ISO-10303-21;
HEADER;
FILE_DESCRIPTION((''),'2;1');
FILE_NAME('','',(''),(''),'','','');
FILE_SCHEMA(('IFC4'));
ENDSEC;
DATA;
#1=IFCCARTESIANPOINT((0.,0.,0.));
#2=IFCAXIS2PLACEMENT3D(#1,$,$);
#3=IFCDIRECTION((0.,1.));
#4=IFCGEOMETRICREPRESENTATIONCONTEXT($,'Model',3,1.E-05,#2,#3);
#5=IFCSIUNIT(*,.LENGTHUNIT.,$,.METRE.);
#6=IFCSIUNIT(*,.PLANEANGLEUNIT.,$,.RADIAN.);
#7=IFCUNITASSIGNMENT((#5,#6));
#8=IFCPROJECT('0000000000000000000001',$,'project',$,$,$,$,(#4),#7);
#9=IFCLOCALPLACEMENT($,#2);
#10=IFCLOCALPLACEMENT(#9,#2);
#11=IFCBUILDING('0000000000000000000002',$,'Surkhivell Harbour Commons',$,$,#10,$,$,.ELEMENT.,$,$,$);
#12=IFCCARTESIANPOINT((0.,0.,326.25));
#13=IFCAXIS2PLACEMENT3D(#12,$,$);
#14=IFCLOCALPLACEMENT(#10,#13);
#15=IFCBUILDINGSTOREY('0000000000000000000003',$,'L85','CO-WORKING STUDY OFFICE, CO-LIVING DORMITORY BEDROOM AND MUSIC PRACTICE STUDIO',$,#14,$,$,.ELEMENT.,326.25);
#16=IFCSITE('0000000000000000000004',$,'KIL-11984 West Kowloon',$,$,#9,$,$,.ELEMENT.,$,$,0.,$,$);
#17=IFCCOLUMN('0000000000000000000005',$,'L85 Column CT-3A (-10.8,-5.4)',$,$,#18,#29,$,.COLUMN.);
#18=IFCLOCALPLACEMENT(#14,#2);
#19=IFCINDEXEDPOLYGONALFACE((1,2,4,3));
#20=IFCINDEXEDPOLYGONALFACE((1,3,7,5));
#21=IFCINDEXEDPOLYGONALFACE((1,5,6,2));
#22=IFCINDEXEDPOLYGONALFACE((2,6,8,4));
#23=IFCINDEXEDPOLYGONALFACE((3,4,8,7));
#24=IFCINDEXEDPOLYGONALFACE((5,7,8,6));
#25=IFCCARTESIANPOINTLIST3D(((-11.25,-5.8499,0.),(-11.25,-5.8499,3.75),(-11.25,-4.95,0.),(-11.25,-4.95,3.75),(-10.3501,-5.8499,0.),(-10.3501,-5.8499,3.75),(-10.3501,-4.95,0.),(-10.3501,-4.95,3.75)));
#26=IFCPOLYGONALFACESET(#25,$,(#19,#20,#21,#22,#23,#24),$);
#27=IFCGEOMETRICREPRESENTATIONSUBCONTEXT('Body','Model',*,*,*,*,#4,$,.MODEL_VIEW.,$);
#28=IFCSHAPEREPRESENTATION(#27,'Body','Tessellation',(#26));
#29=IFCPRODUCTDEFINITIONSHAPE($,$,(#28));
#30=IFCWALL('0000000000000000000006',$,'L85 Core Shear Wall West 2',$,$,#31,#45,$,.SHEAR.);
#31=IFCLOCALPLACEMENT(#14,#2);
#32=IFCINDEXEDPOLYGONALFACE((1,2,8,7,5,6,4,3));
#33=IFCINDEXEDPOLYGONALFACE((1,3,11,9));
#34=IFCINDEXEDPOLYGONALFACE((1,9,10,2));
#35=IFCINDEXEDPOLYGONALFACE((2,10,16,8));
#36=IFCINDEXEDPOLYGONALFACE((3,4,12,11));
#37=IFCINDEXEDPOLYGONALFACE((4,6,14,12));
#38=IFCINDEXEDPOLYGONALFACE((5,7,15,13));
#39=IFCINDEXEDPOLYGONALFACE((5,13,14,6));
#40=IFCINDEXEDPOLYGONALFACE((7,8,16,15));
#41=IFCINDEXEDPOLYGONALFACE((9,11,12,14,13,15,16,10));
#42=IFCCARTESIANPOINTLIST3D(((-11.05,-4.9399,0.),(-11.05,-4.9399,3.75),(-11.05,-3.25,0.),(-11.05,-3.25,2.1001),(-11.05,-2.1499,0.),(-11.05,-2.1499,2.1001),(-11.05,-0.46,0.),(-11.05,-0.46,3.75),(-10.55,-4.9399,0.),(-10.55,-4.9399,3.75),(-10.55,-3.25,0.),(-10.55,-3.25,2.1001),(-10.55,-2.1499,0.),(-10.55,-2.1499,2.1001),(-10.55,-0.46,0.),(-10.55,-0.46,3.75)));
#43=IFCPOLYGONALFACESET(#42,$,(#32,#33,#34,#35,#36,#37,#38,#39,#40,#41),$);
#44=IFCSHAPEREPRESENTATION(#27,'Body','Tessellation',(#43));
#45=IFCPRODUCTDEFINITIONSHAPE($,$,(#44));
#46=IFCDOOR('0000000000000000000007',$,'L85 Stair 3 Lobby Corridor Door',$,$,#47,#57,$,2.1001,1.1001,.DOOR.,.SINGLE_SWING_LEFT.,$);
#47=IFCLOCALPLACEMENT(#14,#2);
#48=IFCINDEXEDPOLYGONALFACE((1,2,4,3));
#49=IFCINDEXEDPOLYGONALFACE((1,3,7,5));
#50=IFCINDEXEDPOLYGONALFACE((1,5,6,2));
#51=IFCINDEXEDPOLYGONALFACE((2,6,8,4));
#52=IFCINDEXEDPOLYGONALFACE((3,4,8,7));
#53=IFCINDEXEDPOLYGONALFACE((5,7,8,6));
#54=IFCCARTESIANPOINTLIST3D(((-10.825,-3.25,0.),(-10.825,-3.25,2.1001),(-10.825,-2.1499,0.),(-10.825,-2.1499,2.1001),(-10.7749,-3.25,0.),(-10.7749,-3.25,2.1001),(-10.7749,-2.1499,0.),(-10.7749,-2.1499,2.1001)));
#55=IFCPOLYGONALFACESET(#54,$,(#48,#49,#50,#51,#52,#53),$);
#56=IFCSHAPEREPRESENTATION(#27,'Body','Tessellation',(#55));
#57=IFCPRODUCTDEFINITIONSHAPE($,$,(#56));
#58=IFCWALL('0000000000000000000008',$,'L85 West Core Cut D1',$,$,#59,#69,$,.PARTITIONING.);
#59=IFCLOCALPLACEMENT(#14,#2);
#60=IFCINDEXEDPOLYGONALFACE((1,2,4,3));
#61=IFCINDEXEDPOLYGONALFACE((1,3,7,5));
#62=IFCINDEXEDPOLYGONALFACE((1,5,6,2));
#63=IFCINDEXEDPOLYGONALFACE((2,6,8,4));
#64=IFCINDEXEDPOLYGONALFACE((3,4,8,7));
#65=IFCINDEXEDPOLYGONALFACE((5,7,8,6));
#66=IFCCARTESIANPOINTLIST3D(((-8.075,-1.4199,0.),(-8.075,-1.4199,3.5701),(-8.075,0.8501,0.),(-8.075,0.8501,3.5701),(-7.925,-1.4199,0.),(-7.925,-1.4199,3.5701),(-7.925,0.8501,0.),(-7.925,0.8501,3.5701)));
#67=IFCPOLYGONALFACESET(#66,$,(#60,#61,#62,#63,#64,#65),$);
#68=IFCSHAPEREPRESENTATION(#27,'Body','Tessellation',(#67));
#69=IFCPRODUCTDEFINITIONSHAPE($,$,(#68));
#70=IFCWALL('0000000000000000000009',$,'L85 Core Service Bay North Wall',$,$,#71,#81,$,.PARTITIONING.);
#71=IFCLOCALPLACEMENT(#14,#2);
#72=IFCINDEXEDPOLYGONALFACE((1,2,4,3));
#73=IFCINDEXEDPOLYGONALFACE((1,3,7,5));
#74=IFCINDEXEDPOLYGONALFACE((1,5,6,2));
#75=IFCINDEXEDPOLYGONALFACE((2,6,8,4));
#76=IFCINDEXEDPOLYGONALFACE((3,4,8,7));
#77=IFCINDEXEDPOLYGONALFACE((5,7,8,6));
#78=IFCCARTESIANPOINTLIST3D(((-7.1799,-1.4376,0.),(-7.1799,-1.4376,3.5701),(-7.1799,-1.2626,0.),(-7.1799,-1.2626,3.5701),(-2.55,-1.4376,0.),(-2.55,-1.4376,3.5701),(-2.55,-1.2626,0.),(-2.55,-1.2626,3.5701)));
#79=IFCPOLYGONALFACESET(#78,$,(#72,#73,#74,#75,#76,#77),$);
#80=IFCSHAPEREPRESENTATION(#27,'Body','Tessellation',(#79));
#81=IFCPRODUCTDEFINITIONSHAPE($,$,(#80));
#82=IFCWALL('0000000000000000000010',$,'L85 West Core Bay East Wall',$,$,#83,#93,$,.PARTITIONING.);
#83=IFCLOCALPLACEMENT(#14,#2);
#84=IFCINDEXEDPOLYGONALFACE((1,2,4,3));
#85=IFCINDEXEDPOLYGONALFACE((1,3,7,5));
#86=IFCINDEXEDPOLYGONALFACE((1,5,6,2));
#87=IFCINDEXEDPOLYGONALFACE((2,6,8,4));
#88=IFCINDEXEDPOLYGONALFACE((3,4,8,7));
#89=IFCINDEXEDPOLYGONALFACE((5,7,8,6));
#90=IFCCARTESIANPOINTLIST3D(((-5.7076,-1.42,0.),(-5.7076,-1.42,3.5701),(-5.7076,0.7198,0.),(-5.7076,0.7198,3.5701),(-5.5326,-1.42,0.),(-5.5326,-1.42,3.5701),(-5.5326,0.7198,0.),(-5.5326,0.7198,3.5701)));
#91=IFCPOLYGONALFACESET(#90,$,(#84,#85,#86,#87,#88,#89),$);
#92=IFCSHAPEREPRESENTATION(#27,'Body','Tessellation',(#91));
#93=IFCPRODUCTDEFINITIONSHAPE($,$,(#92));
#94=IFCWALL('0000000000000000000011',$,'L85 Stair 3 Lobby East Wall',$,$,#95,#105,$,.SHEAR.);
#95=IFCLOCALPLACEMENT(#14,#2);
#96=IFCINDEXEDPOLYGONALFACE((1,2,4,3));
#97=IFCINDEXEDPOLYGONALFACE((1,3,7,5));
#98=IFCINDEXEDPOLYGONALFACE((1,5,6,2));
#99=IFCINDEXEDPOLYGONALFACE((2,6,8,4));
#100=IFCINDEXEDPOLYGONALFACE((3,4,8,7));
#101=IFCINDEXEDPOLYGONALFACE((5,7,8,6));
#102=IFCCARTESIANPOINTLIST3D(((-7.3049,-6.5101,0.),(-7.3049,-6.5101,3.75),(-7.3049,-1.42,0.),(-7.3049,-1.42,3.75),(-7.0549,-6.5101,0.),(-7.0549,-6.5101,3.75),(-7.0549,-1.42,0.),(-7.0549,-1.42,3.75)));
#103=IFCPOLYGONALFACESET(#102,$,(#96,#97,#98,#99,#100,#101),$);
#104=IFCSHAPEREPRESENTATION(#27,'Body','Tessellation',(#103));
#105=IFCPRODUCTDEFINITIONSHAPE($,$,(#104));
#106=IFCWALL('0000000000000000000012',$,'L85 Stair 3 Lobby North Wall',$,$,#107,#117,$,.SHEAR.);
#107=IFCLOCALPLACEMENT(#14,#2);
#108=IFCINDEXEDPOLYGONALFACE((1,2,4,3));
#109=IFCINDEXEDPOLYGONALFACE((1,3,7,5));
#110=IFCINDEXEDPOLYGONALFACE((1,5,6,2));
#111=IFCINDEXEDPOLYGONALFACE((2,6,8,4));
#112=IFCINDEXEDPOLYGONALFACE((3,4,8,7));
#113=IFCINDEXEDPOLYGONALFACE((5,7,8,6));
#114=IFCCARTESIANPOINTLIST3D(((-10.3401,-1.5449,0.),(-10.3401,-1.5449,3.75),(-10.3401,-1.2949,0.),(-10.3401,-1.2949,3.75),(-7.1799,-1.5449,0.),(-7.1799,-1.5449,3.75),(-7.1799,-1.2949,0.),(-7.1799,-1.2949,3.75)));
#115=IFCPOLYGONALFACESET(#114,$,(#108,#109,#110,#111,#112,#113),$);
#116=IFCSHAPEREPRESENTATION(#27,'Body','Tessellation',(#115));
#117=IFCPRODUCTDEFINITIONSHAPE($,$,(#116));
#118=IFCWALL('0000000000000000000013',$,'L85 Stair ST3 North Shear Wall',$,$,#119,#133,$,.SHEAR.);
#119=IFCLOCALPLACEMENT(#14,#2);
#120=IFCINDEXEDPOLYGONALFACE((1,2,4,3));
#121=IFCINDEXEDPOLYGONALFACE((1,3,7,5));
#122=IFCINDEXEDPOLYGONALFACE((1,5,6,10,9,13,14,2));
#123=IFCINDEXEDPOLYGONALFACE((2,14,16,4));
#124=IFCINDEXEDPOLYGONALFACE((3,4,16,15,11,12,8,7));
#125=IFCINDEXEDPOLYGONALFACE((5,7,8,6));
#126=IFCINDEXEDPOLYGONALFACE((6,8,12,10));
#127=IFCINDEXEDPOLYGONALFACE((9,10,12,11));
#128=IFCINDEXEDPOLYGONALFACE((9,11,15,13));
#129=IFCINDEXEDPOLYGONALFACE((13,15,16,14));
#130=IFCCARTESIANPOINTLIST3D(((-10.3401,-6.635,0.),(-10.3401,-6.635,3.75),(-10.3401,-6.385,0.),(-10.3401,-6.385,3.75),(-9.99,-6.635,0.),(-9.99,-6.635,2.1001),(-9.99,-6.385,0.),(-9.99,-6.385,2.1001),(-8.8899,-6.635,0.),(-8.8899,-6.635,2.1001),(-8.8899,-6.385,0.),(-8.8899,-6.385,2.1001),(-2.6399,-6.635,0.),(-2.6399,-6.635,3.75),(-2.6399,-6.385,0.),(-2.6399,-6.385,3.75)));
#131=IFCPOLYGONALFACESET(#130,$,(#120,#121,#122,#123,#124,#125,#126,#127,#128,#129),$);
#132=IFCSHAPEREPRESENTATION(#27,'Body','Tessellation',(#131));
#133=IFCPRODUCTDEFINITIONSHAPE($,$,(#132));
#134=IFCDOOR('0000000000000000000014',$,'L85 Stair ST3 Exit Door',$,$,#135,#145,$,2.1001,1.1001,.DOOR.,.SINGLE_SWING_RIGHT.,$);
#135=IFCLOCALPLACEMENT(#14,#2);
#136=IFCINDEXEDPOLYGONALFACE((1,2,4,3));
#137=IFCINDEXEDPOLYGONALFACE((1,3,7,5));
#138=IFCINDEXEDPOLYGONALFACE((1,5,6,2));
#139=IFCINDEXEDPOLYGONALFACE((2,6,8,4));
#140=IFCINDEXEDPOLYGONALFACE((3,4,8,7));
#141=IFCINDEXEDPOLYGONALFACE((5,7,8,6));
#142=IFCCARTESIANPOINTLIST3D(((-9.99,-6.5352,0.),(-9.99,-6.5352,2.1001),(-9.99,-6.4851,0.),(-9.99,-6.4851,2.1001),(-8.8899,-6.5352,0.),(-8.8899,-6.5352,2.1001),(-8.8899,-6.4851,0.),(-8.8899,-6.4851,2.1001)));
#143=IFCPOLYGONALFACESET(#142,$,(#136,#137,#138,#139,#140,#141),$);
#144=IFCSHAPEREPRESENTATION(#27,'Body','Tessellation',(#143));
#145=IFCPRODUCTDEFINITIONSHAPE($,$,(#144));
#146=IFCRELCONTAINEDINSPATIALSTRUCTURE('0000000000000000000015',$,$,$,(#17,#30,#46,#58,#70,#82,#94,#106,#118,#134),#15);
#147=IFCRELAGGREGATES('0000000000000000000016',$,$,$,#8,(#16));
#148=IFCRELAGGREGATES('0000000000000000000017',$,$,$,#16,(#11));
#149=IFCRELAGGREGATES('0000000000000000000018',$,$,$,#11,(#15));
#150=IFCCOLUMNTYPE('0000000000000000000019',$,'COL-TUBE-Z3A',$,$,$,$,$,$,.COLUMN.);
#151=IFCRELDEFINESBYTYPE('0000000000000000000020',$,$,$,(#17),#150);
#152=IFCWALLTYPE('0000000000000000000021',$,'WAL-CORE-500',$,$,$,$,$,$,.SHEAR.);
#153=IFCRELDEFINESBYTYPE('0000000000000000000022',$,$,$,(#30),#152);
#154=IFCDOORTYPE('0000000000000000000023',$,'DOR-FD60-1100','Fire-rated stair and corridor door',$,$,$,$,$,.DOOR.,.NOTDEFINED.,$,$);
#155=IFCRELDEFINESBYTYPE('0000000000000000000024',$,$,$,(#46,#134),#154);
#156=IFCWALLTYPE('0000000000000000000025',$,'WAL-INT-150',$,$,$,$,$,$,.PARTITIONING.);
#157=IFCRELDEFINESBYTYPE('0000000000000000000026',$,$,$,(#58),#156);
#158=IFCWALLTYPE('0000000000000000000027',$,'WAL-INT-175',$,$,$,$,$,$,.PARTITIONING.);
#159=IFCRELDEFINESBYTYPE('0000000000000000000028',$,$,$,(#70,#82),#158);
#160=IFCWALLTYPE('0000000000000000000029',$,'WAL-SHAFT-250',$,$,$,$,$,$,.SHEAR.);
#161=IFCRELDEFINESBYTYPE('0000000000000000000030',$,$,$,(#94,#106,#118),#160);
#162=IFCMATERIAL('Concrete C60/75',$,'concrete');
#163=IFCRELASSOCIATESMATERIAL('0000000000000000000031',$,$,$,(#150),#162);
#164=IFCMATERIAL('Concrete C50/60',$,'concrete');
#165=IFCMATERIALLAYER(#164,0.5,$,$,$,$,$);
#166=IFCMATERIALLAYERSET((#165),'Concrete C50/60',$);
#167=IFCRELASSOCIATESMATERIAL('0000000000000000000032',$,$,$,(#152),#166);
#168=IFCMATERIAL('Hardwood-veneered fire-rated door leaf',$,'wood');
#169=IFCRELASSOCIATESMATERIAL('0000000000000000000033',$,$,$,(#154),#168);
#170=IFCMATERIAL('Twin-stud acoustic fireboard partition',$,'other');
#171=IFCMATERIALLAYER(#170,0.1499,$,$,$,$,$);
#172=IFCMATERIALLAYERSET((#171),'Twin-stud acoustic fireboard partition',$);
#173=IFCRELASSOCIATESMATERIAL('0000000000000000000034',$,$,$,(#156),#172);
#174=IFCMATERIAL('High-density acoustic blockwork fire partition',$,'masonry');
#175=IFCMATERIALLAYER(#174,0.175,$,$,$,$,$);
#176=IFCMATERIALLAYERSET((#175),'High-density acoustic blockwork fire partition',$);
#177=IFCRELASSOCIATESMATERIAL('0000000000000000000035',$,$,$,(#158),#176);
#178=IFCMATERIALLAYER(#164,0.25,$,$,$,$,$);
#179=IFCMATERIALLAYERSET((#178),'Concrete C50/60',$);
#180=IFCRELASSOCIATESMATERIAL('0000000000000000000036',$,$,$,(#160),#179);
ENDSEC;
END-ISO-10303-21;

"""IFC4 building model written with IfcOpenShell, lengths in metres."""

from ifc_helpers import new_model, si_unit, direction, frame, frame_2d, origin, origin_2d, place, context, subcontext, project, spatial, rectangle, extrude, material, layer, layer_set, material_profile, profile_set, type_object, element, fill, save


model = new_model("IFC4")

# Units and contexts
model_context = context("Model", 3, precision=1e-05, world=origin(), true_north=direction((0.0, 1.0)))
body_context = subcontext(model_context, "Body", "Model", "MODEL_VIEW")
ifc_project = project(units=[si_unit("LENGTHUNIT", "METRE"), si_unit("PLANEANGLEUNIT", "RADIAN")], contexts=[model_context])

# Site, building, storey
site_placement = place(None, origin())
site = spatial("IfcSite", under=ifc_project, at=site_placement, Name="KIL-11984 West Kowloon", CompositionType="ELEMENT", RefElevation=0.0)
building_placement = place(site_placement, origin())
building = spatial("IfcBuilding", under=site, at=building_placement, Name="Surkhivell Harbour Commons", CompositionType="ELEMENT")
storey_placement = place(building_placement, frame((0.0, 0.0, 326.25)))
storey = spatial("IfcBuildingStorey", under=building, at=storey_placement, Name="L85", Description="CO-WORKING STUDY OFFICE, CO-LIVING DORMITORY BEDROOM AND MUSIC PRACTICE STUDIO", CompositionType="ELEMENT", Elevation=326.25)

# Column
ifc_material_1 = material(Name="Concrete C60/75", Category="concrete")
ifc_material_profile = material_profile(ifc_material_1, rectangle(XDim=0.8999, YDim=0.8999, at=origin_2d()), Name="RC-COL-900x900")
ifc_profile_set = profile_set([ifc_material_profile], Name="Concrete C60/75")
column_type = type_object("IfcColumnType", Name="COL-TUBE-Z3A", PredefinedType="COLUMN", material=ifc_profile_set)
column_placement = place(storey_placement, frame((-10.8, -5.3999, 0.0), z_axis=(0.0, 0.0, 1.0), x_axis=(1.0, 0.0, 0.0)))
element("IfcColumn", 1, at=column_placement, inside=storey, type_object=column_type, Name="L85 Column CT-3A (-10.8,-5.4)", PredefinedType="COLUMN", context=body_context, shape_type="SweptSolid", body=[
    extrude(rectangle(XDim=0.8999, YDim=0.8999, at=origin_2d()), origin(), (0.0, 0.0, 1.0), 3.75),
])

# Wall, opening, door
ifc_material_2 = material(Name="Concrete C50/60", Category="concrete")
ifc_layer_1 = layer(ifc_material_2, 0.5)
ifc_layer_set_1 = layer_set([ifc_layer_1], Name="Concrete C50/60")
wall_type_1 = type_object("IfcWallType", Name="WAL-CORE-500", PredefinedType="SHEAR", material=ifc_layer_set_1)
wall_1_placement = place(storey_placement, frame((-10.8, -4.9399, 0.0), z_axis=(0.0, 0.0, 1.0), x_axis=(0.0, 1.0, 0.0)))
wall_1 = element("IfcWall", 2, at=wall_1_placement, inside=storey, type_object=wall_type_1, Name="L85 Core Shear Wall West 2", PredefinedType="SHEAR", context=body_context, shape_type="SweptSolid", body=[
    extrude(rectangle(XDim=4.48, YDim=0.5, at=frame_2d((2.24, 0.0))), origin(), (0.0, 0.0, 1.0), 3.75),
])
opening_1_placement = place(wall_1_placement, frame((1.6899, 0.0, 0.0)))
opening_1 = element("IfcOpeningElement", 3, at=opening_1_placement, cuts=wall_1, PredefinedType="OPENING", context=body_context, shape_type="SweptSolid", body=[
    extrude(rectangle(XDim=1.1001, YDim=2.1001, at=frame_2d((0.55, 1.05))), frame((0.0, 0.26, 0.0), z_axis=(0.0, -1.0, 0.0), x_axis=(1.0, 0.0, 0.0)), (0.0, 0.0, 1.0), 0.52),
])
ifc_material_3 = material(Name="Hardwood-veneered fire-rated door leaf", Category="wood")
door_type = type_object("IfcDoorType", Name="DOR-FD60-1100", Description="Fire-rated stair and corridor door", OperationType="NOTDEFINED", PredefinedType="DOOR", material=ifc_material_3)
door_1_placement = place(opening_1_placement, origin())
door_1 = element("IfcDoor", 4, at=door_1_placement, inside=storey, type_object=door_type, Name="L85 Stair 3 Lobby Corridor Door", OperationType="SINGLE_SWING_LEFT", OverallHeight=2.1001, OverallWidth=1.1001, PredefinedType="DOOR", context=body_context, shape_type="SweptSolid", body=[
    extrude(rectangle(XDim=1.1001, YDim=2.1001, at=frame_2d((0.55, 1.05))), frame((0.0, 0.0249, 0.0), z_axis=(0.0, -1.0, 0.0), x_axis=(1.0, 0.0, 0.0)), (0.0, 0.0, 1.0), 0.05),
])
fill(opening_1, door_1)

# Walls
ifc_material_4 = material(Name="Twin-stud acoustic fireboard partition", Category="other")
ifc_layer_2 = layer(ifc_material_4, 0.1499)
ifc_layer_set_2 = layer_set([ifc_layer_2], Name="Twin-stud acoustic fireboard partition")
wall_type_2 = type_object("IfcWallType", Name="WAL-INT-150", PredefinedType="PARTITIONING", material=ifc_layer_set_2)
wall_2_placement = place(storey_placement, frame((-8.0, -1.4199, 0.0), z_axis=(0.0, 0.0, 1.0), x_axis=(0.0, 1.0, 0.0)))
element("IfcWall", 5, at=wall_2_placement, inside=storey, type_object=wall_type_2, Name="L85 West Core Cut D1", PredefinedType="PARTITIONING", context=body_context, shape_type="SweptSolid", body=[
    extrude(rectangle(XDim=2.27, YDim=0.1499, at=frame_2d((1.135, 0.0))), origin(), (0.0, 0.0, 1.0), 3.5701),
])
ifc_material_5 = material(Name="High-density acoustic blockwork fire partition", Category="masonry")
ifc_layer_3 = layer(ifc_material_5, 0.175)
ifc_layer_set_3 = layer_set([ifc_layer_3], Name="High-density acoustic blockwork fire partition")
wall_type_3 = type_object("IfcWallType", Name="WAL-INT-175", PredefinedType="PARTITIONING", material=ifc_layer_set_3)
wall_3_placement = place(storey_placement, frame((-7.1799, -1.3501, 0.0), z_axis=(0.0, 0.0, 1.0), x_axis=(1.0, 0.0, 0.0)))
element("IfcWall", 6, at=wall_3_placement, inside=storey, type_object=wall_type_3, Name="L85 Core Service Bay North Wall", PredefinedType="PARTITIONING", context=body_context, shape_type="SweptSolid", body=[
    extrude(rectangle(XDim=4.6299, YDim=0.175, at=frame_2d((2.3149, 0.0))), origin(), (0.0, 0.0, 1.0), 3.5701),
])
wall_4_placement = place(storey_placement, frame((-5.6201, -1.4199, 0.0), z_axis=(0.0, 0.0, 1.0), x_axis=(0.0, 1.0, 0.0)))
element("IfcWall", 7, at=wall_4_placement, inside=storey, type_object=wall_type_3, Name="L85 West Core Bay East Wall", PredefinedType="PARTITIONING", context=body_context, shape_type="SweptSolid", body=[
    extrude(rectangle(XDim=2.1399, YDim=0.175, at=frame_2d((1.0698, 0.0))), origin(), (0.0, 0.0, 1.0), 3.5701),
])
ifc_layer_4 = layer(ifc_material_2, 0.25)
ifc_layer_set_4 = layer_set([ifc_layer_4], Name="Concrete C50/60")
wall_type_4 = type_object("IfcWallType", Name="WAL-SHAFT-250", PredefinedType="SHEAR", material=ifc_layer_set_4)
wall_5_placement = place(storey_placement, frame((-7.1799, -6.51, 0.0), z_axis=(0.0, 0.0, 1.0), x_axis=(0.0, 1.0, 0.0)))
element("IfcWall", 8, at=wall_5_placement, inside=storey, type_object=wall_type_4, Name="L85 Stair 3 Lobby East Wall", PredefinedType="SHEAR", context=body_context, shape_type="SweptSolid", body=[
    extrude(rectangle(XDim=5.0901, YDim=0.25, at=frame_2d((2.5449, 0.0))), origin(), (0.0, 0.0, 1.0), 3.75),
])
wall_6_placement = place(storey_placement, frame((-10.3401, -1.4199, 0.0), z_axis=(0.0, 0.0, 1.0), x_axis=(1.0, 0.0, 0.0)))
element("IfcWall", 9, at=wall_6_placement, inside=storey, type_object=wall_type_4, Name="L85 Stair 3 Lobby North Wall", PredefinedType="SHEAR", context=body_context, shape_type="SweptSolid", body=[
    extrude(rectangle(XDim=3.1602, YDim=0.25, at=frame_2d((1.5801, 0.0))), origin(), (0.0, 0.0, 1.0), 3.75),
])

# Wall, opening, door
wall_7_placement = place(storey_placement, frame((-10.3401, -6.51, 0.0), z_axis=(0.0, 0.0, 1.0), x_axis=(1.0, 0.0, 0.0)))
wall_7 = element("IfcWall", 10, at=wall_7_placement, inside=storey, type_object=wall_type_4, Name="L85 Stair ST3 North Shear Wall", PredefinedType="SHEAR", context=body_context, shape_type="SweptSolid", body=[
    extrude(rectangle(XDim=7.7002, YDim=0.25, at=frame_2d((3.8501, 0.0))), origin(), (0.0, 0.0, 1.0), 3.75),
])
opening_2_placement = place(wall_7_placement, frame((0.3501, 0.0, 0.0)))
opening_2 = element("IfcOpeningElement", 11, at=opening_2_placement, cuts=wall_7, PredefinedType="OPENING", context=body_context, shape_type="SweptSolid", body=[
    extrude(rectangle(XDim=1.1001, YDim=2.1001, at=frame_2d((0.55, 1.05))), frame((0.0, 0.135, 0.0), z_axis=(0.0, -1.0, 0.0), x_axis=(1.0, 0.0, 0.0)), (0.0, 0.0, 1.0), 0.27),
])
door_2_placement = place(opening_2_placement, origin())
door_2 = element("IfcDoor", 12, at=door_2_placement, inside=storey, type_object=door_type, Name="L85 Stair ST3 Exit Door", OperationType="SINGLE_SWING_RIGHT", OverallHeight=2.1001, OverallWidth=1.1001, PredefinedType="DOOR", context=body_context, shape_type="SweptSolid", body=[
    extrude(rectangle(XDim=1.1001, YDim=2.1001, at=frame_2d((0.55, 1.05))), frame((0.0, 0.0249, 0.0), z_axis=(0.0, -1.0, 0.0), x_axis=(1.0, 0.0, 0.0)), (0.0, 0.0, 1.0), 0.05),
])
fill(opening_2, door_2)

save(model, "model.ifc")
